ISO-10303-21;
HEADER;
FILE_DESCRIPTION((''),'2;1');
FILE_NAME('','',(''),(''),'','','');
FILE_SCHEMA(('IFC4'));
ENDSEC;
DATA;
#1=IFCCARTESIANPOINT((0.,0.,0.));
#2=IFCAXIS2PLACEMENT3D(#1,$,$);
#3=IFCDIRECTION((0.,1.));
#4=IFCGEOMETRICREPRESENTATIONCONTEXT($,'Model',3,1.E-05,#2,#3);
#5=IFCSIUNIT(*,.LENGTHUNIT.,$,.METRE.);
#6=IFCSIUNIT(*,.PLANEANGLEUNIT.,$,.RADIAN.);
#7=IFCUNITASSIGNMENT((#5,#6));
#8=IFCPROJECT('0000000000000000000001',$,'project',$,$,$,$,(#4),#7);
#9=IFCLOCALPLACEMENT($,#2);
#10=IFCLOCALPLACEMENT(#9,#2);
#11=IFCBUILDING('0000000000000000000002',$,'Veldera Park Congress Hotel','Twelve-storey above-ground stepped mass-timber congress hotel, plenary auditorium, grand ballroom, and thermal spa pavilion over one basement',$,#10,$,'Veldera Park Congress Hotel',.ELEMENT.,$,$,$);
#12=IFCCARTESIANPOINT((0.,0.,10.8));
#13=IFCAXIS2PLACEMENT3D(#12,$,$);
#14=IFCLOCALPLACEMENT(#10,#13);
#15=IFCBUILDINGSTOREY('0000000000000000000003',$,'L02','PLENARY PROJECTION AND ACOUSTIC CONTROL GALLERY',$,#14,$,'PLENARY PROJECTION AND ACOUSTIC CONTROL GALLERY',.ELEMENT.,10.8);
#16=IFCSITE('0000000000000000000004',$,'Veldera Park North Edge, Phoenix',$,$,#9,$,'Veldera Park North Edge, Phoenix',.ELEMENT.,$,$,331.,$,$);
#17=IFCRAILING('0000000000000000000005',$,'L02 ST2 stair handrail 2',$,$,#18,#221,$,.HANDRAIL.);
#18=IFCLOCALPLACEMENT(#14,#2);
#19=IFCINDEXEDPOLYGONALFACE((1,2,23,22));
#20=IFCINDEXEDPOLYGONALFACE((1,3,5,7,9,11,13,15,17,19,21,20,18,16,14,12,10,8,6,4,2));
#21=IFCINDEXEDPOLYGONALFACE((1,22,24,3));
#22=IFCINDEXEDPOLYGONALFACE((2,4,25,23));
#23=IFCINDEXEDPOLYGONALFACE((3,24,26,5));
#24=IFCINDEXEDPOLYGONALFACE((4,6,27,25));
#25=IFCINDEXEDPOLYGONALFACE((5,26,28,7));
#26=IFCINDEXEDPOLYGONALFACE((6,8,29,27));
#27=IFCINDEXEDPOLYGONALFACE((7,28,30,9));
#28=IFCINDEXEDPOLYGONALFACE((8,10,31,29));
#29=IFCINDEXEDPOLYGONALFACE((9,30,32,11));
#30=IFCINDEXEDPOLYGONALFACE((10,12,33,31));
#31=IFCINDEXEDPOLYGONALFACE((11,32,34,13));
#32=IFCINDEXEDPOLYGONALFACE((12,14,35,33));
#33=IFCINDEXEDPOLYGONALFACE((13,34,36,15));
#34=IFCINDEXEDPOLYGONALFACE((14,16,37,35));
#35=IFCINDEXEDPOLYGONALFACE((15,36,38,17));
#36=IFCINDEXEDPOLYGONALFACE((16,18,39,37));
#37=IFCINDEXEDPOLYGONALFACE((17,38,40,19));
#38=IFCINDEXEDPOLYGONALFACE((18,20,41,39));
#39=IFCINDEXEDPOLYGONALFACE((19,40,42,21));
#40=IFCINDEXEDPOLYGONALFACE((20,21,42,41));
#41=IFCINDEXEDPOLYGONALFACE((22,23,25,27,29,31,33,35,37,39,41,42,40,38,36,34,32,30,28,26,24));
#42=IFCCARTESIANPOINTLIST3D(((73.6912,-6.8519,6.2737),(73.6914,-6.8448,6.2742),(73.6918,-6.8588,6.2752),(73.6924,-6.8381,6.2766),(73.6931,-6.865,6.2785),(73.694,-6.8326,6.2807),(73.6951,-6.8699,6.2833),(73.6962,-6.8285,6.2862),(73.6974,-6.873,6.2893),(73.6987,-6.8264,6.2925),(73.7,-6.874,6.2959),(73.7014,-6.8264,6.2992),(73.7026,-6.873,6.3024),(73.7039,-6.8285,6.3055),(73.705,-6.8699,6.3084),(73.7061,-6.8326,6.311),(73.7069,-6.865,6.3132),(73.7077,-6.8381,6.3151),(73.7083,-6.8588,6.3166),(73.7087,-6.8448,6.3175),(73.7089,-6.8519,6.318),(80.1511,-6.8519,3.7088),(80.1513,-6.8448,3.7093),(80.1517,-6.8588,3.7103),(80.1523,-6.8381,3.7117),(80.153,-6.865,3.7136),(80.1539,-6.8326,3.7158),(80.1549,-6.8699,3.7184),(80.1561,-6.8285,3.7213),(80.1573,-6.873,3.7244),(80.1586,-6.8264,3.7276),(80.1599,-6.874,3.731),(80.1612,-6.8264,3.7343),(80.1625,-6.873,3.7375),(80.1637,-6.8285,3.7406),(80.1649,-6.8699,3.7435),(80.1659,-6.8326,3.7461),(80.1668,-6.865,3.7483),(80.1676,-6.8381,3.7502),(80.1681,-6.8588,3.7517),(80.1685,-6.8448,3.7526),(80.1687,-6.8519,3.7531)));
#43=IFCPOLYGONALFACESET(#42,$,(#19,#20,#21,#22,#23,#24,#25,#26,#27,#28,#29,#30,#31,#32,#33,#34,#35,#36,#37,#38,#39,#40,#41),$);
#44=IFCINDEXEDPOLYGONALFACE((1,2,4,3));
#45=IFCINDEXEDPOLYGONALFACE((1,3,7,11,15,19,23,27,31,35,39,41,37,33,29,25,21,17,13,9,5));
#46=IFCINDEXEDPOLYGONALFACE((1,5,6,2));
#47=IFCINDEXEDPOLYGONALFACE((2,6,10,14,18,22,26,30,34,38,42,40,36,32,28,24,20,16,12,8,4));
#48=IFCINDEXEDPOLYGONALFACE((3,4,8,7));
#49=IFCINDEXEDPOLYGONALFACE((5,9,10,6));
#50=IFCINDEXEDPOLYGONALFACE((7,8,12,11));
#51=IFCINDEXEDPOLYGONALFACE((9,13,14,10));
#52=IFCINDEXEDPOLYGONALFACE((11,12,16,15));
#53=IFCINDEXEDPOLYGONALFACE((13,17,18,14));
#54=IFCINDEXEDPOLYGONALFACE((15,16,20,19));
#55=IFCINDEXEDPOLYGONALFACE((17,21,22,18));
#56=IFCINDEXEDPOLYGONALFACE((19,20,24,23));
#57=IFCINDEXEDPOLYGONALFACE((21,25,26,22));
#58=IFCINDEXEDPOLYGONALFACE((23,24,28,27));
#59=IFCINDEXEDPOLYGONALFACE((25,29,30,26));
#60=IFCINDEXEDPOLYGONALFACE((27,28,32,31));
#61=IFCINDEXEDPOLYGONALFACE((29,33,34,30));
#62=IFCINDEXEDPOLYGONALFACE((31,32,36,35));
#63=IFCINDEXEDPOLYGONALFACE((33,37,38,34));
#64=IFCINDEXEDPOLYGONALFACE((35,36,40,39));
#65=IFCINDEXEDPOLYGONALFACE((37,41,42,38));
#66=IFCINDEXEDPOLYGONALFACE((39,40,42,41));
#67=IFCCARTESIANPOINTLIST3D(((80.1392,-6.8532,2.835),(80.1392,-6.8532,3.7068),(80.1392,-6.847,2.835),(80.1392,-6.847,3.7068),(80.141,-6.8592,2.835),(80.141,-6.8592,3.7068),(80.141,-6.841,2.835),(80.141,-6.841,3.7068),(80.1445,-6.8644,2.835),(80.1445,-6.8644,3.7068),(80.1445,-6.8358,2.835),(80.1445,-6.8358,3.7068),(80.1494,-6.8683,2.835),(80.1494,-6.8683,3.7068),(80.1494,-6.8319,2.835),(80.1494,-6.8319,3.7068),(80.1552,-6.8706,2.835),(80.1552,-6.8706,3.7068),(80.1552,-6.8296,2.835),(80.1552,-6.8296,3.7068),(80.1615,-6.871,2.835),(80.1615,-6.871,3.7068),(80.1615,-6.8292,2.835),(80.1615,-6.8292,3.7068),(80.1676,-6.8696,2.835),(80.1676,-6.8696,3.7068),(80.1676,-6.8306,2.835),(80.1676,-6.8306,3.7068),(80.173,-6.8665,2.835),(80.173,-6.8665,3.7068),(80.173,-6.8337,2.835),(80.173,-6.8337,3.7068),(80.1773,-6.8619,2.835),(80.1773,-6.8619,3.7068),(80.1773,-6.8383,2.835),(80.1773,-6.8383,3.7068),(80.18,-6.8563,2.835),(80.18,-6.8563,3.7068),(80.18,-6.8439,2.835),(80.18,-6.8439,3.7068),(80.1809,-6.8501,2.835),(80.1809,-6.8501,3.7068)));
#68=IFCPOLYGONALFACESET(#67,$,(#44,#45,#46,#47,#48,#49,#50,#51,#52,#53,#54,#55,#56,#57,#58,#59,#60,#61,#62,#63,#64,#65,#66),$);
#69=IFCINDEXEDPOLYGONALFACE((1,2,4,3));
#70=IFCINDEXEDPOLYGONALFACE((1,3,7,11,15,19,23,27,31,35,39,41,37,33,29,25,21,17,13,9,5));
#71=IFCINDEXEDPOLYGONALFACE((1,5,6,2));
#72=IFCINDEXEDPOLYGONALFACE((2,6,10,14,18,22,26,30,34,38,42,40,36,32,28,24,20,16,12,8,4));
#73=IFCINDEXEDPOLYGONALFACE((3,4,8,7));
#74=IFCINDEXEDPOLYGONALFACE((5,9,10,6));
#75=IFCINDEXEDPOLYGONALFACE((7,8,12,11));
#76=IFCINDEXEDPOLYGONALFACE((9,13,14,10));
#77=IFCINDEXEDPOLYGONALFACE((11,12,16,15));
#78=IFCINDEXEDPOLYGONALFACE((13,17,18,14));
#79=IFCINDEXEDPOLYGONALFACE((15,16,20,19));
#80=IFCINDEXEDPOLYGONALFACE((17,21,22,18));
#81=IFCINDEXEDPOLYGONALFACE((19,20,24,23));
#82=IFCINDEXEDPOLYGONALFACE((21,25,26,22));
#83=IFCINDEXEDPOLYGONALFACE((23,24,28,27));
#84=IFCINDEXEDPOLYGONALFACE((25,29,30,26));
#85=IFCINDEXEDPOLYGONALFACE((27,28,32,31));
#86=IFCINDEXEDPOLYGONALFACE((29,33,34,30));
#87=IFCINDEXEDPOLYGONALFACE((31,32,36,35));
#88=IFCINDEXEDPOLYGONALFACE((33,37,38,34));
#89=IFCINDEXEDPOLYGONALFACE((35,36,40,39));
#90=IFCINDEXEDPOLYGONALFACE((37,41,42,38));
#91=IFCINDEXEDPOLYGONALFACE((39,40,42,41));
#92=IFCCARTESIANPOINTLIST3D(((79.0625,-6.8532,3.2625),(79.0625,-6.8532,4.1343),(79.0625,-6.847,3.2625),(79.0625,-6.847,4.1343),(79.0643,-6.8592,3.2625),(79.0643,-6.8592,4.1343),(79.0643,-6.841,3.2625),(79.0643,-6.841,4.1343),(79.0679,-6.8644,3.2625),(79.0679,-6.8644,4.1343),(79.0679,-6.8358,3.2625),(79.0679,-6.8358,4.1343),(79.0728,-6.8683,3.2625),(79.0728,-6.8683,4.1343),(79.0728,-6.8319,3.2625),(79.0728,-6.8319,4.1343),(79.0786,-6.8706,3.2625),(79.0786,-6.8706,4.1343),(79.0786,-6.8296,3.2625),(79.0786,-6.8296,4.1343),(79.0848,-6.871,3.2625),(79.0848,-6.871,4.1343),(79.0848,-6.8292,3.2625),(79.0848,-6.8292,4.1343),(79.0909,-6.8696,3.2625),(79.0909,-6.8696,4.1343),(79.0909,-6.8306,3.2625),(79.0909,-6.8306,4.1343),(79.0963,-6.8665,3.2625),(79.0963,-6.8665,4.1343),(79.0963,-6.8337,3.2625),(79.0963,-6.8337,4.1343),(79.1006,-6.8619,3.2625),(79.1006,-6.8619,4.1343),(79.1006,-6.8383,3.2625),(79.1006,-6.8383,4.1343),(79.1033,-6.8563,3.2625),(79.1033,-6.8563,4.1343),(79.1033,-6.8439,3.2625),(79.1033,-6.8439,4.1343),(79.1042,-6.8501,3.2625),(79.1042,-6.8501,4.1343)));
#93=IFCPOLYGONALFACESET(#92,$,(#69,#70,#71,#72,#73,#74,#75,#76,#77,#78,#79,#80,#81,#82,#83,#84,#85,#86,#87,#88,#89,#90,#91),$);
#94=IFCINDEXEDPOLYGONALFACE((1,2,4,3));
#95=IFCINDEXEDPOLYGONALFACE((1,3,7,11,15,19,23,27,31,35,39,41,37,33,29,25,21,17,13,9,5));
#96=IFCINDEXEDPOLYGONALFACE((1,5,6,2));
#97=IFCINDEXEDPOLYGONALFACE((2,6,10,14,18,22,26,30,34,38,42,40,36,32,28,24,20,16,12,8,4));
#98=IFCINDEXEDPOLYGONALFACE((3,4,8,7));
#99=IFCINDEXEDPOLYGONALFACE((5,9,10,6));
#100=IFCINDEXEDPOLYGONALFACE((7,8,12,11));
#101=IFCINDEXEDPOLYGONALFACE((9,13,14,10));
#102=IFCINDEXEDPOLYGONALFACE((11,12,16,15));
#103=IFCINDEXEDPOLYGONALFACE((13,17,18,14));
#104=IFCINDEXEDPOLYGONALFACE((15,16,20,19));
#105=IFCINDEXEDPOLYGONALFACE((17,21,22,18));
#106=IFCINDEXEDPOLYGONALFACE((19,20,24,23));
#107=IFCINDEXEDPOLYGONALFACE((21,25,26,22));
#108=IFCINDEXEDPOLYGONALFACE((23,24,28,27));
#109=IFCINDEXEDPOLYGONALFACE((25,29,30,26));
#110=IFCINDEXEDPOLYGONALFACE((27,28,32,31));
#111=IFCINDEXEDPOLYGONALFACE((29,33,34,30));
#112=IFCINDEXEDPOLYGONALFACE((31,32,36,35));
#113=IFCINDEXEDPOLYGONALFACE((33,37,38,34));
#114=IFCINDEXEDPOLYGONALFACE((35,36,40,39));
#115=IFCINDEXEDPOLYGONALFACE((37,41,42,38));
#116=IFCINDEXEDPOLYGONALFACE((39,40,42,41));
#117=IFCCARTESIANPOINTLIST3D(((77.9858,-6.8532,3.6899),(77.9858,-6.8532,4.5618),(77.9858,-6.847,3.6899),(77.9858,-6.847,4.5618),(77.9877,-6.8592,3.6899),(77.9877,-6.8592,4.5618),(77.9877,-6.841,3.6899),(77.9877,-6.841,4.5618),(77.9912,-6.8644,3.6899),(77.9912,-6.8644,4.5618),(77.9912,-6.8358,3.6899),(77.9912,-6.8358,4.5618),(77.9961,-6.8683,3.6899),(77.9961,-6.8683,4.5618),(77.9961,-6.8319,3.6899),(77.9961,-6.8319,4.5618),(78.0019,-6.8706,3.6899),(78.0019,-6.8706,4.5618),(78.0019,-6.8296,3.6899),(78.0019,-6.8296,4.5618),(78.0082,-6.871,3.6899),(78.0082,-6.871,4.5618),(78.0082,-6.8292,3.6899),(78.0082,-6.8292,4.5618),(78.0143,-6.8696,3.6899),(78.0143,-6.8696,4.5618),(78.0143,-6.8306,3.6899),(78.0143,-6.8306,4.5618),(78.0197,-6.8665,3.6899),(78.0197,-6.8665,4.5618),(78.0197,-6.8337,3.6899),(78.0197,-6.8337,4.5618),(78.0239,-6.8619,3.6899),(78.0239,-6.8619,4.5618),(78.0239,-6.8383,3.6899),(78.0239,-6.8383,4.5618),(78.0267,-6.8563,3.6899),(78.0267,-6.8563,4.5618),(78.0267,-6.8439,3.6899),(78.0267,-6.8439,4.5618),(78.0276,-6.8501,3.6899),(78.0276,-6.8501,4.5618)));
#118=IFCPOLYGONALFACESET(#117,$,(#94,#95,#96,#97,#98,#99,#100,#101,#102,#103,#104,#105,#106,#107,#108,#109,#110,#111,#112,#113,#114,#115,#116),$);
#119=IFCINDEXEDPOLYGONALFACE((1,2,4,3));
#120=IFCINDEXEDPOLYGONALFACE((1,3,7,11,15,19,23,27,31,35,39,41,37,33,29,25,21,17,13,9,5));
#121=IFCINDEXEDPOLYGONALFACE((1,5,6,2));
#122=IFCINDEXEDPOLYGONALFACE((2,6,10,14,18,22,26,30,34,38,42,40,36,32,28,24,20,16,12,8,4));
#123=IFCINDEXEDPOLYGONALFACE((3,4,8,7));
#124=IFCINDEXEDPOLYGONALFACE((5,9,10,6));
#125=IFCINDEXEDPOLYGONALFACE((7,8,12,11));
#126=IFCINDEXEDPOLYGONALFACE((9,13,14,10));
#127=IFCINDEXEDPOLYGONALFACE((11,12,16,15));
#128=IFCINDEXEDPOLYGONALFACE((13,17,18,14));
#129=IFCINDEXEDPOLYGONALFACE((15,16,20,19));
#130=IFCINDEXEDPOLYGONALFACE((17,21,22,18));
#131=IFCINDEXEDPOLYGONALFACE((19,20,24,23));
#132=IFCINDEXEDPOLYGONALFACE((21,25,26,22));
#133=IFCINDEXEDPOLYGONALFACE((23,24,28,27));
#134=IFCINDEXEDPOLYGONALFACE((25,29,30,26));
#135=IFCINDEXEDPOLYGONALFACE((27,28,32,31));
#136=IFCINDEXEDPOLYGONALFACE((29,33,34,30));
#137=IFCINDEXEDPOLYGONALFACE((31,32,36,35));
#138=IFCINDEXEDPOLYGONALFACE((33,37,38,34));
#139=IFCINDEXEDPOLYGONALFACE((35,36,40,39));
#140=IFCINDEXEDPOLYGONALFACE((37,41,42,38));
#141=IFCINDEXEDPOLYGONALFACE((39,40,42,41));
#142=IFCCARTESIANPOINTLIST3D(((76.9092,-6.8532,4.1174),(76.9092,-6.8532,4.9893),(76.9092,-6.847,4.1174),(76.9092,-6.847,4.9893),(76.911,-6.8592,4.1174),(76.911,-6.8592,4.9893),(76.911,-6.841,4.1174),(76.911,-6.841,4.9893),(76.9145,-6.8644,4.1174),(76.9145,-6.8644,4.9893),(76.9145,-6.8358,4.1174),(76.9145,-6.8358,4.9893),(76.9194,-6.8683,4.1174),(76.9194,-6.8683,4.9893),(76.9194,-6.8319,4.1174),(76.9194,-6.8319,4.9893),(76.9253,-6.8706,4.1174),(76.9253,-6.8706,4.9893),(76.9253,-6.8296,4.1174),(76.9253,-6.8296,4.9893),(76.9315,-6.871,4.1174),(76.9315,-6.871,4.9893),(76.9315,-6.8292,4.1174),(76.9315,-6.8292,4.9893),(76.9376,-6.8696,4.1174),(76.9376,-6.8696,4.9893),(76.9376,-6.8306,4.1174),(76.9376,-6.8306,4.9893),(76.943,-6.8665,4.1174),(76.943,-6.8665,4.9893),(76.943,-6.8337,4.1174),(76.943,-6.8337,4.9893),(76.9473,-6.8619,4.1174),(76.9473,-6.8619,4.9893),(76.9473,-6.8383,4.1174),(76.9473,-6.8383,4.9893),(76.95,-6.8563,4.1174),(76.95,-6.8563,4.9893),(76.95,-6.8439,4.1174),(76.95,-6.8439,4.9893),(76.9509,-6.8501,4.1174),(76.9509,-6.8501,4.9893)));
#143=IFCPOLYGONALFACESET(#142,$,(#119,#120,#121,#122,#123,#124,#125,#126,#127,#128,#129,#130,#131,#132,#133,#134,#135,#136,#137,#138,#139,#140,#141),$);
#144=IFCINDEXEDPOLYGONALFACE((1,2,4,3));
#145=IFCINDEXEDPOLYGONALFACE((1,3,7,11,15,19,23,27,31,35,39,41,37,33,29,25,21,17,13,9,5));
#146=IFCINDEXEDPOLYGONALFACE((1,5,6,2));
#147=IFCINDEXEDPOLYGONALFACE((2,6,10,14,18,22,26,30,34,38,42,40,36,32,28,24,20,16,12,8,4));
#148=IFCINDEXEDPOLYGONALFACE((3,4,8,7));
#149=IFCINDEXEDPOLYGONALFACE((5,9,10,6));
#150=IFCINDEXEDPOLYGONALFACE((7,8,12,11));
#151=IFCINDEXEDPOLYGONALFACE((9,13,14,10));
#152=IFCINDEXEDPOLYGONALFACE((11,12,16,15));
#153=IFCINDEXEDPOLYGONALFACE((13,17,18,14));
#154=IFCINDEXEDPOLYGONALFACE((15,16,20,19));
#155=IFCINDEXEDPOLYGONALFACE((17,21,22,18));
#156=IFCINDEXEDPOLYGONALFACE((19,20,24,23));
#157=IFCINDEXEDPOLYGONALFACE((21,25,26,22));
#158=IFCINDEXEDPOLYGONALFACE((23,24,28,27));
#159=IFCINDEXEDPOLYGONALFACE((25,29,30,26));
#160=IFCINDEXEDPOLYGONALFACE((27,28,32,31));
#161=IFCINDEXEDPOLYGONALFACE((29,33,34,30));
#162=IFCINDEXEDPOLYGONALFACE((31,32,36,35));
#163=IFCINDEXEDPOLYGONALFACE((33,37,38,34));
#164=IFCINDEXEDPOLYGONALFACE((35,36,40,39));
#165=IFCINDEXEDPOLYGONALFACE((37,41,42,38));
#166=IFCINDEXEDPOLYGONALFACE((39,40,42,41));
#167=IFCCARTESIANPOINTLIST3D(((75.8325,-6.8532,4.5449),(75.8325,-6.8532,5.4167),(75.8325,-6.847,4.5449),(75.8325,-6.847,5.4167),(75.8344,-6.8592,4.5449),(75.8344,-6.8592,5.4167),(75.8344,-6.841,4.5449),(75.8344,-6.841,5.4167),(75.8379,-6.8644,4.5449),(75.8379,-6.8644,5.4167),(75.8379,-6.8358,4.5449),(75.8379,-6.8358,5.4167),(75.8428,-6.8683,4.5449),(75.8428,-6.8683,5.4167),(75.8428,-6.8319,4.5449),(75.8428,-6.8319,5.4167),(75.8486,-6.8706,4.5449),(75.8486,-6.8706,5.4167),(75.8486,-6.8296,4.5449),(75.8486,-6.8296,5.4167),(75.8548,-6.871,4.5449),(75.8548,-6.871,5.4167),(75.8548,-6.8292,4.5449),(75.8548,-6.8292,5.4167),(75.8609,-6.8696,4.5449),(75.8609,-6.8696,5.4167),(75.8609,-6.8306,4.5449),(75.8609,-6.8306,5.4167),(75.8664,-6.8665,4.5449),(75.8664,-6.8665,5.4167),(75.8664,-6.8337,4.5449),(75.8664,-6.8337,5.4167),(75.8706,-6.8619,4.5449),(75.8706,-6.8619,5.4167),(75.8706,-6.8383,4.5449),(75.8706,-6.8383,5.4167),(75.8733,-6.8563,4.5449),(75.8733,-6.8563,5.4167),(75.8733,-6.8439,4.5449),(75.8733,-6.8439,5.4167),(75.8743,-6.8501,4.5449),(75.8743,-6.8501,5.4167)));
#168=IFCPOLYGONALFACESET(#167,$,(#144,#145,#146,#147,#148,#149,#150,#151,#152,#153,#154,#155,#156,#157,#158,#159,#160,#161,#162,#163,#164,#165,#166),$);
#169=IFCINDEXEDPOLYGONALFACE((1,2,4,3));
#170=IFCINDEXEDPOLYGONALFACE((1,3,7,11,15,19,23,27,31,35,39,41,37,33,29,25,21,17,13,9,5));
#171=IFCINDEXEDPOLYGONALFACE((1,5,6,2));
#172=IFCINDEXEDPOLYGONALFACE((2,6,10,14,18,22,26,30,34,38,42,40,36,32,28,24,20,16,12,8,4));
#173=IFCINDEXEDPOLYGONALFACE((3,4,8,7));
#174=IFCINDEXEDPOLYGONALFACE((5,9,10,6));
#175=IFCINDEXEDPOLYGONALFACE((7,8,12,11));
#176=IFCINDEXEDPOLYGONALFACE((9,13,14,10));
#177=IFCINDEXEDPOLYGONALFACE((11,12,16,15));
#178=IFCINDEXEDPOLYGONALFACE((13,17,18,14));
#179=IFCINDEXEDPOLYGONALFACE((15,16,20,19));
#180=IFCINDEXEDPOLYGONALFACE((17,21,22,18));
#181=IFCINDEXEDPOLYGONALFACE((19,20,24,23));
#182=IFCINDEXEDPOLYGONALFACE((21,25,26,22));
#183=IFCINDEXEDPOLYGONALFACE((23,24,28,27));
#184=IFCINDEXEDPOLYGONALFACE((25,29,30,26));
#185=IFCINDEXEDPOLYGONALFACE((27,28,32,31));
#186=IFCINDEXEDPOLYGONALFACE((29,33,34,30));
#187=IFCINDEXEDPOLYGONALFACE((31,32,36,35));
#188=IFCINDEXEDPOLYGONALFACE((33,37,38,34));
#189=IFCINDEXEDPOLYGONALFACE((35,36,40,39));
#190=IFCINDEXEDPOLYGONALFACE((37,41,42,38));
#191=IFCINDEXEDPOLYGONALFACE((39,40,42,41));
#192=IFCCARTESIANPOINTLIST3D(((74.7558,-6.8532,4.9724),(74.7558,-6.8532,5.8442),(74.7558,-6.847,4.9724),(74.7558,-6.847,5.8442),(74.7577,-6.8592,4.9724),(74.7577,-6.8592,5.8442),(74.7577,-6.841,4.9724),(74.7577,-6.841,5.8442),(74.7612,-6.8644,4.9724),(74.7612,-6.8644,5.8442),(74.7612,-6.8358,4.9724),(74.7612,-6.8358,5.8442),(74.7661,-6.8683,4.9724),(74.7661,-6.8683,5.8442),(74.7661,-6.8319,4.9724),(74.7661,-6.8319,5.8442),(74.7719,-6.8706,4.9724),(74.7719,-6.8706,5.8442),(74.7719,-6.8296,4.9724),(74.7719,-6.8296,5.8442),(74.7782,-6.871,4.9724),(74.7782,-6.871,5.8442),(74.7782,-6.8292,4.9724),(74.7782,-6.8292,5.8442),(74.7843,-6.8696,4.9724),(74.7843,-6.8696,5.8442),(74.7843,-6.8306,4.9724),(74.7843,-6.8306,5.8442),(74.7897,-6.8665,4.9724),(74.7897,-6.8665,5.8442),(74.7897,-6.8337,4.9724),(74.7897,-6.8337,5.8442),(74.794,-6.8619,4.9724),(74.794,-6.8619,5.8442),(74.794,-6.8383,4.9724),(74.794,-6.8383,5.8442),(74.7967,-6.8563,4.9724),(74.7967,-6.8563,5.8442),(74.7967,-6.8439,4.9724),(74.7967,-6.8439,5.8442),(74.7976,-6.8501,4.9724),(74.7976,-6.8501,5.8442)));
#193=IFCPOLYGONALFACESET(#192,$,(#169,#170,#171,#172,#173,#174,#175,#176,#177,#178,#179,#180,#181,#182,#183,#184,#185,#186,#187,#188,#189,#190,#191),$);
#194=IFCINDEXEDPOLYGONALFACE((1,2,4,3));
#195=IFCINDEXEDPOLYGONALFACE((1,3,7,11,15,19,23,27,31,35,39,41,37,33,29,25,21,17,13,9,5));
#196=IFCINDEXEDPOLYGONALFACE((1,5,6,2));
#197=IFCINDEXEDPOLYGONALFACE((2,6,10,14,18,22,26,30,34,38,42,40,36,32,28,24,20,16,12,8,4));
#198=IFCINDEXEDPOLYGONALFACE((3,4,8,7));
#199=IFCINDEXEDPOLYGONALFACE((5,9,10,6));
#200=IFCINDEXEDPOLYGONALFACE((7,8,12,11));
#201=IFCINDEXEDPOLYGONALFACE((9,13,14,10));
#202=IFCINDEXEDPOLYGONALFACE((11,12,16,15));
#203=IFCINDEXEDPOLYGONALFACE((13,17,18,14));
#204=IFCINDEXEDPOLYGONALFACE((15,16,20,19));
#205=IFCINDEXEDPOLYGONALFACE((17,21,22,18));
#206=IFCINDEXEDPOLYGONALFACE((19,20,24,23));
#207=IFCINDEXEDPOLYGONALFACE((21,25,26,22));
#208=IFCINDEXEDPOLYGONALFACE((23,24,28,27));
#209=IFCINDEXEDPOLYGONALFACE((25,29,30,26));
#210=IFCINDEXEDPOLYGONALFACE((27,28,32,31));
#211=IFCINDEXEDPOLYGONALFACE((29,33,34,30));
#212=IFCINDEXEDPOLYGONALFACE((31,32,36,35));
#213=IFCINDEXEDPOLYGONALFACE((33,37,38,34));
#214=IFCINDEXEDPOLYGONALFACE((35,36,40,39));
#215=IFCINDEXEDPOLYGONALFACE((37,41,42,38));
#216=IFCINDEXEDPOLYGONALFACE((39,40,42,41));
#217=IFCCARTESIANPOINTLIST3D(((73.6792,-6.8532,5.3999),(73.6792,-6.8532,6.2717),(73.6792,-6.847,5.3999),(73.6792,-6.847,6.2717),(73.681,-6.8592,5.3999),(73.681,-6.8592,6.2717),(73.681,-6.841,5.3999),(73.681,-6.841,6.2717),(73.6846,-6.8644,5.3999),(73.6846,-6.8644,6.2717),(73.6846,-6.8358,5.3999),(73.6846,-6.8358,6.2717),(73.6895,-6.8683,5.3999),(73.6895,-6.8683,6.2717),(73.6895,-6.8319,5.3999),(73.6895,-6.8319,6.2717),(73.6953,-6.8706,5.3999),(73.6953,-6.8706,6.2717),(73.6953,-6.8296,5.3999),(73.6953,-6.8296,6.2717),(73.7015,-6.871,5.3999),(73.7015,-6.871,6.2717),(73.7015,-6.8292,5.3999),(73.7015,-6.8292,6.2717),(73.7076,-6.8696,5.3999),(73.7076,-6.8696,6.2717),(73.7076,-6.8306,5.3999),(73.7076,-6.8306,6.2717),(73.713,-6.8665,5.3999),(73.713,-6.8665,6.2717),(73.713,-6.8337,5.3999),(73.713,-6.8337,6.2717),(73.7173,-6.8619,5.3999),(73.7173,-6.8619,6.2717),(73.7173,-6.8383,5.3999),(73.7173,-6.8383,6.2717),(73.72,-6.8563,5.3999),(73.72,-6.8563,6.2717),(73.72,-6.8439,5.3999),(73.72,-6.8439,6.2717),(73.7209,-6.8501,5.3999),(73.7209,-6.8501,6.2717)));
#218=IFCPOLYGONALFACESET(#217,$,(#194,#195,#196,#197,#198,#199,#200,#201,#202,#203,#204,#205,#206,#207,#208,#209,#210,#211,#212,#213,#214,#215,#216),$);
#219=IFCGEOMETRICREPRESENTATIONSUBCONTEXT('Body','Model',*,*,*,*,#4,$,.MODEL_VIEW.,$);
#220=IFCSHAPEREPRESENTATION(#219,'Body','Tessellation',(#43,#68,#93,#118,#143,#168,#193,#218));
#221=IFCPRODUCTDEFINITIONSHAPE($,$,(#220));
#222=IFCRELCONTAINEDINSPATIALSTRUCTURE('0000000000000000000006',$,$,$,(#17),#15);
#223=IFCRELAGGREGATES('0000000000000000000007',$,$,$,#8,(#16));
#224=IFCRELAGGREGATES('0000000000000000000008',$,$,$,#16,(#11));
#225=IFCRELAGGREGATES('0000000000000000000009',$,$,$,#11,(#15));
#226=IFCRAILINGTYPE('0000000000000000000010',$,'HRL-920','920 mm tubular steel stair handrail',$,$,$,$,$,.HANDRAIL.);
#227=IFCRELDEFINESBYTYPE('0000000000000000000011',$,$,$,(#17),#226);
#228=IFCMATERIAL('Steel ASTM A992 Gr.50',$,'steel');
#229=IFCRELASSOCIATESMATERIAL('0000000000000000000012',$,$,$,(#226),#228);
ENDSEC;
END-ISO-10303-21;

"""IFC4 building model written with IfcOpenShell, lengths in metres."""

from ifc_helpers import new_model, si_unit, direction, frame, origin, origin_2d, place, context, subcontext, project, spatial, circle, extrude, material, type_object, element, save


model = new_model("IFC4")

# Units and contexts
model_context = context("Model", 3, precision=1e-05, world=origin(), true_north=direction((0.0, 1.0)))
body_context = subcontext(model_context, "Body", "Model", "MODEL_VIEW")
ifc_project = project(units=[si_unit("LENGTHUNIT", "METRE"), si_unit("PLANEANGLEUNIT", "RADIAN")], contexts=[model_context])

# Site, building, storey
site_placement = place(None, origin())
site = spatial("IfcSite", under=ifc_project, at=site_placement, Name="Veldera Park North Edge, Phoenix", LongName="Veldera Park North Edge, Phoenix", CompositionType="ELEMENT", RefElevation=331.0)
building_placement = place(site_placement, origin())
building = spatial("IfcBuilding", under=site, at=building_placement, Name="Veldera Park Congress Hotel", Description="Twelve-storey above-ground stepped mass-timber congress hotel, plenary auditorium, grand ballroom, and thermal spa pavilion over one basement", LongName="Veldera Park Congress Hotel", CompositionType="ELEMENT")
storey_placement = place(building_placement, frame((0.0, 0.0, 10.8)))
storey = spatial("IfcBuildingStorey", under=building, at=storey_placement, Name="L02", Description="PLENARY PROJECTION AND ACOUSTIC CONTROL GALLERY", LongName="PLENARY PROJECTION AND ACOUSTIC CONTROL GALLERY", CompositionType="ELEMENT", Elevation=10.8)

# Shared definitions
ifc_material_1 = material(Name="Steel ASTM A992 Gr.50", Category="steel")

# Railing
railing_type = type_object("IfcRailingType", Name="HRL-920", Description="920 mm tubular steel stair handrail", PredefinedType="HANDRAIL", material=ifc_material_1)
railing_placement = place(storey_placement, frame((80.1599, -6.8501, 2.835)))
element("IfcRailing", 1, at=railing_placement, inside=storey, type_object=railing_type, Name="L02 ST2 stair handrail 2", PredefinedType="HANDRAIL", context=body_context, shape_type="SweptSolid", body=[
    extrude(circle(Radius=0.0239, at=origin_2d()), frame((0.0, 0.0, 0.896), z_axis=(-0.929418, 0.0, 0.369028), x_axis=(0.0, -1.0, 0.0)), (0.0, 0.0, 1.0), 6.9504),
    extrude(circle(Radius=0.021, at=origin_2d()), origin(), (0.0, 0.0, 1.0), 0.8718),
    extrude(circle(Radius=0.021, at=origin_2d()), frame((-1.0767, 0.0, 0.4275)), (0.0, 0.0, 1.0), 0.8718),
    extrude(circle(Radius=0.021, at=origin_2d()), frame((-2.1533, 0.0, 0.855)), (0.0, 0.0, 1.0), 0.8718),
    extrude(circle(Radius=0.021, at=origin_2d()), frame((-3.23, 0.0, 1.2825)), (0.0, 0.0, 1.0), 0.8718),
    extrude(circle(Radius=0.021, at=origin_2d()), frame((-4.3066, 0.0, 1.71)), (0.0, 0.0, 1.0), 0.8718),
    extrude(circle(Radius=0.021, at=origin_2d()), frame((-5.3833, 0.0, 2.1375)), (0.0, 0.0, 1.0), 0.8718),
    extrude(circle(Radius=0.021, at=origin_2d()), frame((-6.46, 0.0, 2.5649)), (0.0, 0.0, 1.0), 0.8718),
])

save(model, "model.ifc")
